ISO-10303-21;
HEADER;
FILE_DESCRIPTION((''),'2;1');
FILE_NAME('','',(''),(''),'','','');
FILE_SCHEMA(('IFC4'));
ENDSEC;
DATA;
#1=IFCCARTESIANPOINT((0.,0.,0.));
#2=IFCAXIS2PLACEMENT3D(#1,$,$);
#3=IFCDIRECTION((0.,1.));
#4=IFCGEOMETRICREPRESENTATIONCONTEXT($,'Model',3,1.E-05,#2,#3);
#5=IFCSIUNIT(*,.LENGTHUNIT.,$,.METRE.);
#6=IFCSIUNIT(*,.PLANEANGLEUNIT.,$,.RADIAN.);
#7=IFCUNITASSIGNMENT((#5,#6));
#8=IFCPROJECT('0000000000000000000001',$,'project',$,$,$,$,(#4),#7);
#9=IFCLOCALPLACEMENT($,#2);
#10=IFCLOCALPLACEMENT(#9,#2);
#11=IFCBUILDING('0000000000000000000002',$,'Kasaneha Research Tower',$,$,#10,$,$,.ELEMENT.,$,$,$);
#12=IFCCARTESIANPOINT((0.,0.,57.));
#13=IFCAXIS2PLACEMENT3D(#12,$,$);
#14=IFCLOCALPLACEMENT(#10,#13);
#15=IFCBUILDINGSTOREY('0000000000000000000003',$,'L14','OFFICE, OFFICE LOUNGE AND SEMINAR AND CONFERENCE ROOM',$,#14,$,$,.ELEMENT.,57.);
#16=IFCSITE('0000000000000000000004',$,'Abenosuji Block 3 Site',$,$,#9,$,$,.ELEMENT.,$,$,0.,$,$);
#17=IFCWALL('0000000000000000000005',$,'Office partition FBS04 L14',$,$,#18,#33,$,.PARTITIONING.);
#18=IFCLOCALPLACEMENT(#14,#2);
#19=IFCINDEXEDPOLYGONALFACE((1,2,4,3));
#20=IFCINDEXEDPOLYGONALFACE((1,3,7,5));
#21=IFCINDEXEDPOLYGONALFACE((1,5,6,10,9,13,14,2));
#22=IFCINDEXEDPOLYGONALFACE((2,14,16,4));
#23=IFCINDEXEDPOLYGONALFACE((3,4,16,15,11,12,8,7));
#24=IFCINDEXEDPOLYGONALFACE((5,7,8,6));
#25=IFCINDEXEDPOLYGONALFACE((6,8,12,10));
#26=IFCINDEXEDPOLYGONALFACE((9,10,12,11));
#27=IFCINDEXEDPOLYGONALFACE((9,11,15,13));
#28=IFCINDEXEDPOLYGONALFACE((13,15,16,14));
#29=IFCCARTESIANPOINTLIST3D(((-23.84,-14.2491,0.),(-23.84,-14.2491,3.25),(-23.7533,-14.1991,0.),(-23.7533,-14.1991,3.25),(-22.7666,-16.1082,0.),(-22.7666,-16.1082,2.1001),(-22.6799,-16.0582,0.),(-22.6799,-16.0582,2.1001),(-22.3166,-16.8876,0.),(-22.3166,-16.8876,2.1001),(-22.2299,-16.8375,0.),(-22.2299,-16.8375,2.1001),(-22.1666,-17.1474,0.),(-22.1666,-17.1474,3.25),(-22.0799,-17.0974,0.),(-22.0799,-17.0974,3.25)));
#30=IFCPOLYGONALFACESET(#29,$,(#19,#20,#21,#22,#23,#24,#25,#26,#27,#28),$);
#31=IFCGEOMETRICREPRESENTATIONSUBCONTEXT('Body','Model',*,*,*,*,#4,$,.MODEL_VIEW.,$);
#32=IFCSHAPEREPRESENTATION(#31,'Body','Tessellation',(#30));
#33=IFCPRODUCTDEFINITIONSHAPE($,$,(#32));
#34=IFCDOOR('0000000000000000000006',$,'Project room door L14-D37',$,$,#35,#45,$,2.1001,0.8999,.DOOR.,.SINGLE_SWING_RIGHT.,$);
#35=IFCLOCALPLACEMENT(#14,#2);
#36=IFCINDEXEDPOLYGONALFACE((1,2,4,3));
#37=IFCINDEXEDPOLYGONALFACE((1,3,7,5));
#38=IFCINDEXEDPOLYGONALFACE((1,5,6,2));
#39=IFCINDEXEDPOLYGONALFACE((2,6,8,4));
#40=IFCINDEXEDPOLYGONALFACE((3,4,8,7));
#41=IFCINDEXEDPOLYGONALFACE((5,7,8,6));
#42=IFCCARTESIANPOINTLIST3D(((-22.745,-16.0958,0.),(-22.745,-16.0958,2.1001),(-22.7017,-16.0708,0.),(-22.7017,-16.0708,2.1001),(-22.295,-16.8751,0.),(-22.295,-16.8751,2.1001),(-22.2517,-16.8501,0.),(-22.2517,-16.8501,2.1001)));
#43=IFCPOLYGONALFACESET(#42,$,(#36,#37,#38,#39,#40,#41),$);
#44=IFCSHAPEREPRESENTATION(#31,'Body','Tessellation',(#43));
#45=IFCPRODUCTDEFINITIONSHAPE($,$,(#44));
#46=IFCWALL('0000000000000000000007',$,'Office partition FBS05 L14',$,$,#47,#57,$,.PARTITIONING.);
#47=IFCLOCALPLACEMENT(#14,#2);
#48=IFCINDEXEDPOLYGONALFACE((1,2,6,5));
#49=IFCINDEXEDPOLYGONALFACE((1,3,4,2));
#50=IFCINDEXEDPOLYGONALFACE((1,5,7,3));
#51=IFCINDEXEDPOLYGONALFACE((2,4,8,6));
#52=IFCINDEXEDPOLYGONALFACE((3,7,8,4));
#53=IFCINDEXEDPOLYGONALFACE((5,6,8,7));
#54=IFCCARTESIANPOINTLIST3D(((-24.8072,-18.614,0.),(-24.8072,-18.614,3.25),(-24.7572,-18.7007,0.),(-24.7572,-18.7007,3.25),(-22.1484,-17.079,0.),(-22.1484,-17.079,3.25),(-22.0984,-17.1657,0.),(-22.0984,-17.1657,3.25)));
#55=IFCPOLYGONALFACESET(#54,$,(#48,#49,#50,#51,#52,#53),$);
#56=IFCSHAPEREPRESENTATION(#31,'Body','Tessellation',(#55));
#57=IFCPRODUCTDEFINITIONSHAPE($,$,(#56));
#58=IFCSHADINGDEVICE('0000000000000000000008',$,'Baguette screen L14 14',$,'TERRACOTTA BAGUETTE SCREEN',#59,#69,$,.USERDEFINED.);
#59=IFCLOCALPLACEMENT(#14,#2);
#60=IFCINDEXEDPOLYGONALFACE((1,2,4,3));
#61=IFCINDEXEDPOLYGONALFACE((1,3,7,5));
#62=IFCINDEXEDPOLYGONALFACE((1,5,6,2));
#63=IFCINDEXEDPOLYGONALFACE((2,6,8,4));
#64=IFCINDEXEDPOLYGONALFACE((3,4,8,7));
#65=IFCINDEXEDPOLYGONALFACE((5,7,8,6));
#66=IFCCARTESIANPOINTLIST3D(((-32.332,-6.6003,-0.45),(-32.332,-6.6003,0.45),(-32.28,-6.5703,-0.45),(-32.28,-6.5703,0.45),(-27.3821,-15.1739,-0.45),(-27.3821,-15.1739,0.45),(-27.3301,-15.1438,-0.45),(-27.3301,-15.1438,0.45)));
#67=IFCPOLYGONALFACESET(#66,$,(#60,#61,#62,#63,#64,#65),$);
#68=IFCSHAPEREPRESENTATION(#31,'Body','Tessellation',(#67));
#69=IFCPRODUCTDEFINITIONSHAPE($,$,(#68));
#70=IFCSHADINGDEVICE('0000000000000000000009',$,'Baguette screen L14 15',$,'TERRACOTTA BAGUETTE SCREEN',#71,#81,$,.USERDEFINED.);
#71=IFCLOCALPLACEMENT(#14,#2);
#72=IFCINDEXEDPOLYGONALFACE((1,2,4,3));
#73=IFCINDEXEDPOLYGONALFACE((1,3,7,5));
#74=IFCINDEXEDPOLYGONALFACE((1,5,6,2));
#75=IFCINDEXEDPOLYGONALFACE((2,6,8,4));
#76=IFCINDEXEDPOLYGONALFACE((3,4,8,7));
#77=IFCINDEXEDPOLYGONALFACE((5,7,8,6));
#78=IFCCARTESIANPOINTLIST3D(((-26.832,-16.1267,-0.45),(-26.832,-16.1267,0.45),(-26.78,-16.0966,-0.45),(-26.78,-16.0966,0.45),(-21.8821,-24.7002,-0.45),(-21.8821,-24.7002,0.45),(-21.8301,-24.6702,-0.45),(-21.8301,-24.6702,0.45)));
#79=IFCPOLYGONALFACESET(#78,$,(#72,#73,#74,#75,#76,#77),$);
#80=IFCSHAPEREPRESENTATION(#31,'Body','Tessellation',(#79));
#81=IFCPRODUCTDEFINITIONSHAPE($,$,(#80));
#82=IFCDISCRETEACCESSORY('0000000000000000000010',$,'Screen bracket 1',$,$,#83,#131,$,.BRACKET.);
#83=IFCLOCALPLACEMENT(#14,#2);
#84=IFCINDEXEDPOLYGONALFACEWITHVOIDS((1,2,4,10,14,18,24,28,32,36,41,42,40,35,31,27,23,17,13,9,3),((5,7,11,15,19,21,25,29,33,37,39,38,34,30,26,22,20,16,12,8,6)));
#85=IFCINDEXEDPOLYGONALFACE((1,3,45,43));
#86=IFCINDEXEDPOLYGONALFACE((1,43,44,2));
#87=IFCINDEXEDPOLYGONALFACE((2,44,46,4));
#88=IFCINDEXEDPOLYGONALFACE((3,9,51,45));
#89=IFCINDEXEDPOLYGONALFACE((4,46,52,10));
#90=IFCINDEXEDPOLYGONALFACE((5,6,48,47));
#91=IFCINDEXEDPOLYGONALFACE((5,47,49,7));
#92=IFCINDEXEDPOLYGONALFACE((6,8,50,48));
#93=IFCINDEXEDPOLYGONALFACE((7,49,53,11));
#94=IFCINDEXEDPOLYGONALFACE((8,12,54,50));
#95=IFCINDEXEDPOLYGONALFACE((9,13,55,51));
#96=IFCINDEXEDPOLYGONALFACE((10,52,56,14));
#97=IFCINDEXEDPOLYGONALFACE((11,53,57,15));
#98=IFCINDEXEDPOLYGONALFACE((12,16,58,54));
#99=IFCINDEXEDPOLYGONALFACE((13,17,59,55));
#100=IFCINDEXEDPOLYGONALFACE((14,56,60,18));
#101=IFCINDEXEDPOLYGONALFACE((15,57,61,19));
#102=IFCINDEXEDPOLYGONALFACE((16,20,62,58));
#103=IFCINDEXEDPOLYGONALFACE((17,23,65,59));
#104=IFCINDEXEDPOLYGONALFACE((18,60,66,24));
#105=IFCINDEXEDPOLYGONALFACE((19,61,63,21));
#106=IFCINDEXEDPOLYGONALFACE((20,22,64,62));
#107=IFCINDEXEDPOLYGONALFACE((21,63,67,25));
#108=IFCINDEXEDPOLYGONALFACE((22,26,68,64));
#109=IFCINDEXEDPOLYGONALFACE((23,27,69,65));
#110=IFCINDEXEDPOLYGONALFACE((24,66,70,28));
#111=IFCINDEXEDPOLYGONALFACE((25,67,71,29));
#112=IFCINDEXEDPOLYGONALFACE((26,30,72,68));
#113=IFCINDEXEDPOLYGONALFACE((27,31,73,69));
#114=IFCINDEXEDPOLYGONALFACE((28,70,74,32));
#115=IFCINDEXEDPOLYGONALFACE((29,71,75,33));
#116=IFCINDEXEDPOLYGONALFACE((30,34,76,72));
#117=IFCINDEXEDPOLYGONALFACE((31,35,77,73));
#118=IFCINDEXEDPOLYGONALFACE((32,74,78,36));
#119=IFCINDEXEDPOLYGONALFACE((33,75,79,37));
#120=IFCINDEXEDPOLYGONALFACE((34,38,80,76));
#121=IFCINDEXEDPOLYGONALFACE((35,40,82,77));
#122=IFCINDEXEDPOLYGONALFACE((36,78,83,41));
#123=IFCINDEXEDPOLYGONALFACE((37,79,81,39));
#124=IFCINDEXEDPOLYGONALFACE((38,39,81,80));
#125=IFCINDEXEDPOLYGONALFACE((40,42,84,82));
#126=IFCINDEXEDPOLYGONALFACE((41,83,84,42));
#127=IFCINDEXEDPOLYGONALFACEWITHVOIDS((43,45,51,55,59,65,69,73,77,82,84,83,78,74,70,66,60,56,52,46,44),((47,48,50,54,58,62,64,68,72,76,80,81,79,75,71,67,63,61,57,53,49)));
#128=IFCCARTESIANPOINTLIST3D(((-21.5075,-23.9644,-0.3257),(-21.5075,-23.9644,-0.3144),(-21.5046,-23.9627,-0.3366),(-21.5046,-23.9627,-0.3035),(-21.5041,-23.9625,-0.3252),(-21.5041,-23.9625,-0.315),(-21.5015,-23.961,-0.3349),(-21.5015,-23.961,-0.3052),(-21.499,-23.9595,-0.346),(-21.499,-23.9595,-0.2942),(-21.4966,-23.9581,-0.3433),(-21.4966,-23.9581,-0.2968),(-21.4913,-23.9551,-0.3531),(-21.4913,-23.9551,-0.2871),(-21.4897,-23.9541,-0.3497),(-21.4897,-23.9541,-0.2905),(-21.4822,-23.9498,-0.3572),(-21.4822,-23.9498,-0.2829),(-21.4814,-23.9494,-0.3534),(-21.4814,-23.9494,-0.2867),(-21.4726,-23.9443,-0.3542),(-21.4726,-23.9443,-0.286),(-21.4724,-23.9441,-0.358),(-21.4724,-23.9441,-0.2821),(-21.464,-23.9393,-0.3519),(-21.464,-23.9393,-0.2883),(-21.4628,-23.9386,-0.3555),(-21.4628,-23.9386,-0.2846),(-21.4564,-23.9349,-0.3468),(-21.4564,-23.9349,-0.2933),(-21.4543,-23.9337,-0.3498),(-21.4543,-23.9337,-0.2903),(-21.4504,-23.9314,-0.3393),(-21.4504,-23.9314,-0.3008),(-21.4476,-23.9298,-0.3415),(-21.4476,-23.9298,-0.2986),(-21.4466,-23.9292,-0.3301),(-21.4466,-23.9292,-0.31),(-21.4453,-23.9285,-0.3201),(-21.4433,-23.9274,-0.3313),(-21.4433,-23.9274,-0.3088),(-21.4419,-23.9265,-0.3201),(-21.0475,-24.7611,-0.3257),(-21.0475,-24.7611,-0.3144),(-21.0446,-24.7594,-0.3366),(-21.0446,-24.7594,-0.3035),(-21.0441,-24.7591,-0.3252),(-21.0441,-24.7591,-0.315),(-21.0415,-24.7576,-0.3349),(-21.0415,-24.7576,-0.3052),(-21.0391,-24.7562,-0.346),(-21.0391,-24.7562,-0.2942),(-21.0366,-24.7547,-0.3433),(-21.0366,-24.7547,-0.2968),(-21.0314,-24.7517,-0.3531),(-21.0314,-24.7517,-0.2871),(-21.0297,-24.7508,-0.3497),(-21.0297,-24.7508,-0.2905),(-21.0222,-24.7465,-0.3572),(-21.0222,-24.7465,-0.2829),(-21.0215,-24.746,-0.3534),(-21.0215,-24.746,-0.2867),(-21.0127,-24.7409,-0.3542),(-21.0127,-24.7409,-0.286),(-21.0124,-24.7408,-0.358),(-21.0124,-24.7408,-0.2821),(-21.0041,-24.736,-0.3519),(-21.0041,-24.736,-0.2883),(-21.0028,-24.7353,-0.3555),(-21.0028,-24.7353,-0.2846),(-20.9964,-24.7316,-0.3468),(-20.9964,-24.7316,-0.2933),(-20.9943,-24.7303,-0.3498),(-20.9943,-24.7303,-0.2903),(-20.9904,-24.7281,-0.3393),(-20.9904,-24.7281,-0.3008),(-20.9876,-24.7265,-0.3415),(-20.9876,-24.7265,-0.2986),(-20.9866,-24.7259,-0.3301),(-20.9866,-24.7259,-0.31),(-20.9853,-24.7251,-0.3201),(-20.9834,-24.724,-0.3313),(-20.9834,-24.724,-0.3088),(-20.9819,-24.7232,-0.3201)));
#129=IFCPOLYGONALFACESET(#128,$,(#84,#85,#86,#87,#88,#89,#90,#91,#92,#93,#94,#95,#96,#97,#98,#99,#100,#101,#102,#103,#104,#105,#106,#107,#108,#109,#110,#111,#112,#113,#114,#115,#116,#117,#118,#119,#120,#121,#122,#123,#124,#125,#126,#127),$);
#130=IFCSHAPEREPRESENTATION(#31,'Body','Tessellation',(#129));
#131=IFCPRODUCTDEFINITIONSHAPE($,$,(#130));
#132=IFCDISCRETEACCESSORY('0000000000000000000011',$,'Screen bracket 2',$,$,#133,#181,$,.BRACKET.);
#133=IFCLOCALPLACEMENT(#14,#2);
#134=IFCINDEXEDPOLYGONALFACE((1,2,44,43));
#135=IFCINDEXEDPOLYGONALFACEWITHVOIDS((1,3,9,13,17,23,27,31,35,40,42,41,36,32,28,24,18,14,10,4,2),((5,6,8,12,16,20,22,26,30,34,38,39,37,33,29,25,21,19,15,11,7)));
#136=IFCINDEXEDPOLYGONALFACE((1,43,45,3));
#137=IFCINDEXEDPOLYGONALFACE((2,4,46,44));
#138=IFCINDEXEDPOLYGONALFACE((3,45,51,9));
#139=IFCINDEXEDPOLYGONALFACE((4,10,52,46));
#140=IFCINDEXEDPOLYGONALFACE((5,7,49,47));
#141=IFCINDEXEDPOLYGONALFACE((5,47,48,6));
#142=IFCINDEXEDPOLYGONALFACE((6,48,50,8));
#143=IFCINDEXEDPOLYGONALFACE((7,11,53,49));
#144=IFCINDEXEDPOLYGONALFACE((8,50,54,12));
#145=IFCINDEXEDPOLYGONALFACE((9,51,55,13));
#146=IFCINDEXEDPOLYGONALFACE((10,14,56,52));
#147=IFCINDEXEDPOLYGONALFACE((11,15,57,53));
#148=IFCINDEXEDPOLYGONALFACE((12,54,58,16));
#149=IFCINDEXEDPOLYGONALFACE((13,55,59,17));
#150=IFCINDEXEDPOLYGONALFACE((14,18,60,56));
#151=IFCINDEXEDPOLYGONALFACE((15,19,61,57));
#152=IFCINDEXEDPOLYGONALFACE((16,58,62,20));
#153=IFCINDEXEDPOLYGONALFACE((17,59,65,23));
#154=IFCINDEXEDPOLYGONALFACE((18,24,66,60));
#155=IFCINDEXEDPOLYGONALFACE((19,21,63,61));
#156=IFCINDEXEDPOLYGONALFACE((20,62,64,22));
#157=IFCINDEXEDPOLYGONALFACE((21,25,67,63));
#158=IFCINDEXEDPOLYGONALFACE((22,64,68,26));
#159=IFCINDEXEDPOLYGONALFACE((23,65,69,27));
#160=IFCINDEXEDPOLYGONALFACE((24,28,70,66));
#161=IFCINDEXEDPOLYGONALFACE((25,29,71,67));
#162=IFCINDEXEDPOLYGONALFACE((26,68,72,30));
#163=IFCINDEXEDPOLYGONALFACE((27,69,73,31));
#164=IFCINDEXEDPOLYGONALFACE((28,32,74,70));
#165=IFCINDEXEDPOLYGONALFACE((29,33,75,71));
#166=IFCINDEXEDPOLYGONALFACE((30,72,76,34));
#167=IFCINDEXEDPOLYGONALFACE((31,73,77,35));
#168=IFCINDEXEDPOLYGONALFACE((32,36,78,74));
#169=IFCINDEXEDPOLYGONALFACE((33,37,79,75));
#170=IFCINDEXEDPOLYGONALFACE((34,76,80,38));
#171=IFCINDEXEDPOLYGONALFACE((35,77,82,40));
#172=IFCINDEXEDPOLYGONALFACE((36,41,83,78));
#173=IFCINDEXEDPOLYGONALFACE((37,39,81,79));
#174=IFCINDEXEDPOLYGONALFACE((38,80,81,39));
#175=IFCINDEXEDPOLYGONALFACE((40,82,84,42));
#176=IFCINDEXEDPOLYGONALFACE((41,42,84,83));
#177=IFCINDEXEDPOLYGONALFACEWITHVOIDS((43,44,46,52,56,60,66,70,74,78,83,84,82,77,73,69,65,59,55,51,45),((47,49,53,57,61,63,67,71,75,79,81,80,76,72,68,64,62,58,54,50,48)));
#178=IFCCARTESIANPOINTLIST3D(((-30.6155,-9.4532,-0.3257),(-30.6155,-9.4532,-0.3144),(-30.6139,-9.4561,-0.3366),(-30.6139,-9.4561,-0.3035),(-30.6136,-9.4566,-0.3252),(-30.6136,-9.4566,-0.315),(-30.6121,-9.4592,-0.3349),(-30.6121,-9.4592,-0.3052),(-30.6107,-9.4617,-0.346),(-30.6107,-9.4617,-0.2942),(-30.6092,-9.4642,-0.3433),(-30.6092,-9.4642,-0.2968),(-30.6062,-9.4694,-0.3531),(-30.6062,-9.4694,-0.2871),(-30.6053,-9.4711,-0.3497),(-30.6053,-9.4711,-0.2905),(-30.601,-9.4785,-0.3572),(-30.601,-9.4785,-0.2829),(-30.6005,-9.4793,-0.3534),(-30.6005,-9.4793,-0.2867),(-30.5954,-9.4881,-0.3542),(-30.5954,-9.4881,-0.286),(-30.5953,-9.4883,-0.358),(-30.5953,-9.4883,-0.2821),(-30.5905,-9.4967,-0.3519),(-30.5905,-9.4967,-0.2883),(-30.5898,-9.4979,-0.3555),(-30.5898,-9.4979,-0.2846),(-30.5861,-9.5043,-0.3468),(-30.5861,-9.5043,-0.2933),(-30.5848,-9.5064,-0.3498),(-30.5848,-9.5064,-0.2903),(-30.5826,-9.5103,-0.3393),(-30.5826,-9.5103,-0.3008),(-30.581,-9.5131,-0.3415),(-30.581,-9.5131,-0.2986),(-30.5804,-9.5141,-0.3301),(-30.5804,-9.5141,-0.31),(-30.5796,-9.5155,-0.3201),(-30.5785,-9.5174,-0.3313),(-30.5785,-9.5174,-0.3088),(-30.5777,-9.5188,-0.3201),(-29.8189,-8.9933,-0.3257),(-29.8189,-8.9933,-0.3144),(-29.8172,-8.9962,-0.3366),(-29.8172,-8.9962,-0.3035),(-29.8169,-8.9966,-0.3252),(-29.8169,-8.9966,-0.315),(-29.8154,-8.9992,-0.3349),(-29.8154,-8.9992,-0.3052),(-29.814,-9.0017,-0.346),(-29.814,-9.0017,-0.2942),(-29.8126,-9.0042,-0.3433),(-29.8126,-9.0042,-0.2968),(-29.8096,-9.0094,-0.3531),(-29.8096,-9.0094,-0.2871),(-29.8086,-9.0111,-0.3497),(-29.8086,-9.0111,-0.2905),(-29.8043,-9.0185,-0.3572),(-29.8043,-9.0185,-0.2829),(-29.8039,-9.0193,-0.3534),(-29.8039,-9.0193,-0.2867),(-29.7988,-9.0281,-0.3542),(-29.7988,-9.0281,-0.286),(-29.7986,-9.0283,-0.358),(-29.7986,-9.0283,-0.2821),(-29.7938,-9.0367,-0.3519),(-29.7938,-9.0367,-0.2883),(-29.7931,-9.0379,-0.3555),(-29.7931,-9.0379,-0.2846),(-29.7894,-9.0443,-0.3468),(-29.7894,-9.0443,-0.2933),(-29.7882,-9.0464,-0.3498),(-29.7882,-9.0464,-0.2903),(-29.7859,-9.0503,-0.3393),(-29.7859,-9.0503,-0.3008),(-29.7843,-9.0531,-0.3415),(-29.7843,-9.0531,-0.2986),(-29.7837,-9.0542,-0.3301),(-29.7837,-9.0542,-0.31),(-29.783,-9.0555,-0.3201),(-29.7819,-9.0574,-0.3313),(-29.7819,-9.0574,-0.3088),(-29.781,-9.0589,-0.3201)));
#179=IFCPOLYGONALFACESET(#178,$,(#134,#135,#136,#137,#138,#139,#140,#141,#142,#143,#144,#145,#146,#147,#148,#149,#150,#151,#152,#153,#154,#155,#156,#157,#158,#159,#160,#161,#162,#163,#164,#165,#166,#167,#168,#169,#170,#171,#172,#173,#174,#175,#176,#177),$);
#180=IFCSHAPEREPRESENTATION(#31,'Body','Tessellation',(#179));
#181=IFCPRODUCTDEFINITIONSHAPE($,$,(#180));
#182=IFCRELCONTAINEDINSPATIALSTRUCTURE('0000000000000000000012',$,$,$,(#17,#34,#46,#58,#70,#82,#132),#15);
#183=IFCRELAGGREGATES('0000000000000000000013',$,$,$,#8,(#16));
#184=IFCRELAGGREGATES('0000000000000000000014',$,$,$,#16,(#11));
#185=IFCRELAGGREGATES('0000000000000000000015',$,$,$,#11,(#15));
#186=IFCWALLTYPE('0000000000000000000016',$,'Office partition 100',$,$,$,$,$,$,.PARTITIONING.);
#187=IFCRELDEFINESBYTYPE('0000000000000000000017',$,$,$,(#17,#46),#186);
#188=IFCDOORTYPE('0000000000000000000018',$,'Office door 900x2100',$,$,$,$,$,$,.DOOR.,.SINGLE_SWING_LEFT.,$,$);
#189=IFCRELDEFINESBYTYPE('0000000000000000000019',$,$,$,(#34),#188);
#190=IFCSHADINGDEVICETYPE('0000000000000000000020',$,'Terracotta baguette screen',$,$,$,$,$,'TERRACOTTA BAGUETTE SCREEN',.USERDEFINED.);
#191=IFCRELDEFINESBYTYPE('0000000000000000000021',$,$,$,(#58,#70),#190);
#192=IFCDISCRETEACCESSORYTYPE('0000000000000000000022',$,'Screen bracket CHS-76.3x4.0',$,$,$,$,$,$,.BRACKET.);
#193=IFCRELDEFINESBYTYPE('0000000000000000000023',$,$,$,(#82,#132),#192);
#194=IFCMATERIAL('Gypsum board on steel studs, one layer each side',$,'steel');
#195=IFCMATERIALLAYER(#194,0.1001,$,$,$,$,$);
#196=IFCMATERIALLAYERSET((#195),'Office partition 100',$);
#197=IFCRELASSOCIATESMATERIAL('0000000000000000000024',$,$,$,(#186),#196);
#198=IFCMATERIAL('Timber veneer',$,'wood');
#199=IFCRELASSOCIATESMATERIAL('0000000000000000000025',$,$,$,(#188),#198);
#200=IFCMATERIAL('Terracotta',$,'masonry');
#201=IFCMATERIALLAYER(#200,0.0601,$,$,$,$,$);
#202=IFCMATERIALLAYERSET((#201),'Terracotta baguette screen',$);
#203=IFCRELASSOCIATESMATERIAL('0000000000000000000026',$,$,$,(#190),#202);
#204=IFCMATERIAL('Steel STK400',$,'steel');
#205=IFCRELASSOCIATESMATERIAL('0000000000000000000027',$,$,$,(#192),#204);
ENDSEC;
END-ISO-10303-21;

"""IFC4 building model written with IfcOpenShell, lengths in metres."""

from ifc_helpers import new_model, si_unit, direction, frame, frame_2d, origin, origin_2d, place, context, subcontext, project, spatial, rectangle, hollow_circle, extrude, material, layer, layer_set, material_profile, profile_set, type_object, element, fill, save


model = new_model("IFC4")

# Units and contexts
model_context = context("Model", 3, precision=1e-05, world=origin(), true_north=direction((0.0, 1.0)))
body_context = subcontext(model_context, "Body", "Model", "MODEL_VIEW")
ifc_project = project(units=[si_unit("LENGTHUNIT", "METRE"), si_unit("PLANEANGLEUNIT", "RADIAN")], contexts=[model_context])

# Site, building, storey
site_placement = place(None, origin())
site = spatial("IfcSite", under=ifc_project, at=site_placement, Name="Abenosuji Block 3 Site", CompositionType="ELEMENT", RefElevation=0.0)
building_placement = place(site_placement, origin())
building = spatial("IfcBuilding", under=site, at=building_placement, Name="Kasaneha Research Tower", CompositionType="ELEMENT")
storey_placement = place(building_placement, frame((0.0, 0.0, 57.0)))
storey = spatial("IfcBuildingStorey", under=building, at=storey_placement, Name="L14", Description="OFFICE, OFFICE LOUNGE AND SEMINAR AND CONFERENCE ROOM", CompositionType="ELEMENT", Elevation=57.0)

# Wall, opening, door
ifc_material_1 = material(Name="Gypsum board on steel studs, one layer each side", Category="steel")
ifc_layer_1 = layer(ifc_material_1, 0.1001)
ifc_layer_set_1 = layer_set([ifc_layer_1], Name="Office partition 100")
wall_type = type_object("IfcWallType", Name="Office partition 100", PredefinedType="PARTITIONING", material=ifc_layer_set_1)
ifc_material_2 = material(Name="Timber veneer", Category="wood")
door_type = type_object("IfcDoorType", Name="Office door 900x2100", OperationType="SINGLE_SWING_LEFT", PredefinedType="DOOR", material=ifc_material_2)
wall_1_placement = place(storey_placement, frame((-23.7966, -14.2241, 0.0), z_axis=(0.0, 0.0, 1.0), x_axis=(0.500015, -0.866017, 0.0)))
wall_1 = element("IfcWall", 1, at=wall_1_placement, inside=storey, type_object=wall_type, Name="Office partition FBS04 L14", PredefinedType="PARTITIONING", context=body_context, shape_type="SweptSolid", body=[
    extrude(rectangle(XDim=3.3467, YDim=0.1001, at=frame_2d((1.6733, 0.0))), origin(), (0.0, 0.0, 1.0), 3.25),
])
opening_1_placement = place(wall_1_placement, frame((2.1467, 0.0, 0.0)))
opening_1 = element("IfcOpeningElement", 2, at=opening_1_placement, cuts=wall_1, PredefinedType="OPENING", context=body_context, shape_type="SweptSolid", body=[
    extrude(rectangle(XDim=0.8999, YDim=2.1001, at=frame_2d((0.45, 1.05))), frame((0.0, 0.0601, 0.0), z_axis=(0.0, -1.0, 0.0), x_axis=(1.0, 0.0, 0.0)), (0.0, 0.0, 1.0), 0.1201),
])
door_1_placement = place(opening_1_placement, origin())
door_1 = element("IfcDoor", 3, at=door_1_placement, inside=storey, type_object=door_type, Name="Project room door L14-D37", OperationType="SINGLE_SWING_RIGHT", OverallHeight=2.1001, OverallWidth=0.8999, PredefinedType="DOOR", context=body_context, shape_type="SweptSolid", body=[
    extrude(rectangle(XDim=0.8999, YDim=2.1001, at=frame_2d((0.45, 1.05))), frame((0.0, 0.0249, 0.0), z_axis=(0.0, -1.0, 0.0), x_axis=(1.0, 0.0, 0.0)), (0.0, 0.0, 1.0), 0.05),
])
fill(opening_1, door_1)

# Wall
wall_2_placement = place(storey_placement, frame((-22.1233, -17.1223, 0.0), z_axis=(0.0, 0.0, 1.0), x_axis=(-0.866037, -0.499979, 0.0)))
element("IfcWall", 4, at=wall_2_placement, inside=storey, type_object=wall_type, Name="Office partition FBS05 L14", PredefinedType="PARTITIONING", context=body_context, shape_type="SweptSolid", body=[
    extrude(rectangle(XDim=3.0701, YDim=0.1001, at=frame_2d((1.5352, 0.0))), origin(), (0.0, 0.0, 1.0), 3.25),
])

# Shading devices
ifc_material_3 = material(Name="Terracotta", Category="masonry")
ifc_layer_2 = layer(ifc_material_3, 0.0601)
ifc_layer_set_2 = layer_set([ifc_layer_2], Name="Terracotta baguette screen")
shading_device_type = type_object("IfcShadingDeviceType", Name="Terracotta baguette screen", ElementType="TERRACOTTA BAGUETTE SCREEN", PredefinedType="USERDEFINED", material=ifc_layer_set_2)
for number, where, z_axis, x_axis, name in (
    (5, (-29.8311, -10.8721, -0.45), (0.0, 0.0, 1.0), (0.5, -0.866025, 0.0), "Baguette screen L14 14"),
    (6, (-24.3311, -20.3984, -0.45), (0.0, 0.0, 1.0), (0.5, -0.866025, 0.0), "Baguette screen L14 15"),
):
    element("IfcShadingDevice", number, at=place(storey_placement, frame(where, z_axis=z_axis, x_axis=x_axis)), inside=storey, type_object=shading_device_type, Name=name, ObjectType="TERRACOTTA BAGUETTE SCREEN", PredefinedType="USERDEFINED", context=body_context, shape_type="SweptSolid", body=[
        extrude(rectangle(XDim=9.8999, YDim=0.0601, at=origin_2d()), origin(), (0.0, 0.0, 1.0), 0.8999),
    ])

# Discrete accessories
ifc_material_4 = material(Name="Steel STK400", Category="steel")
ifc_material_profile_1 = material_profile(ifc_material_4, hollow_circle(Radius=0.0381, WallThickness=0.0039, at=origin_2d()), Name="CHS-76.3x4.0")
ifc_profile_set_1 = profile_set([ifc_material_profile_1], Name="Steel STK400")
discrete_accessory_type = type_object("IfcDiscreteAccessoryType", Name="Screen bracket CHS-76.3x4.0", PredefinedType="BRACKET", material=ifc_profile_set_1)
for number, where, z_axis, x_axis, name in (
    (7, (-21.4749, -23.9456, -0.3201), (0.500021, -0.866013, 0.0), (0.866013, 0.500021, 0.0), "Screen bracket 1"),
    (8, (-29.8, -9.0259, -0.3201), (-0.866013, -0.500021, 0.0), (0.500021, -0.866013, 0.0), "Screen bracket 2"),
):
    element("IfcDiscreteAccessory", number, at=place(storey_placement, frame(where, z_axis=z_axis, x_axis=x_axis)), inside=storey, type_object=discrete_accessory_type, Name=name, PredefinedType="BRACKET", context=body_context, shape_type="SweptSolid", body=[
        extrude(hollow_circle(Radius=0.0381, WallThickness=0.0039, at=origin_2d()), origin(), (0.0, 0.0, 1.0), 0.9199),
    ])

save(model, "model.ifc")
